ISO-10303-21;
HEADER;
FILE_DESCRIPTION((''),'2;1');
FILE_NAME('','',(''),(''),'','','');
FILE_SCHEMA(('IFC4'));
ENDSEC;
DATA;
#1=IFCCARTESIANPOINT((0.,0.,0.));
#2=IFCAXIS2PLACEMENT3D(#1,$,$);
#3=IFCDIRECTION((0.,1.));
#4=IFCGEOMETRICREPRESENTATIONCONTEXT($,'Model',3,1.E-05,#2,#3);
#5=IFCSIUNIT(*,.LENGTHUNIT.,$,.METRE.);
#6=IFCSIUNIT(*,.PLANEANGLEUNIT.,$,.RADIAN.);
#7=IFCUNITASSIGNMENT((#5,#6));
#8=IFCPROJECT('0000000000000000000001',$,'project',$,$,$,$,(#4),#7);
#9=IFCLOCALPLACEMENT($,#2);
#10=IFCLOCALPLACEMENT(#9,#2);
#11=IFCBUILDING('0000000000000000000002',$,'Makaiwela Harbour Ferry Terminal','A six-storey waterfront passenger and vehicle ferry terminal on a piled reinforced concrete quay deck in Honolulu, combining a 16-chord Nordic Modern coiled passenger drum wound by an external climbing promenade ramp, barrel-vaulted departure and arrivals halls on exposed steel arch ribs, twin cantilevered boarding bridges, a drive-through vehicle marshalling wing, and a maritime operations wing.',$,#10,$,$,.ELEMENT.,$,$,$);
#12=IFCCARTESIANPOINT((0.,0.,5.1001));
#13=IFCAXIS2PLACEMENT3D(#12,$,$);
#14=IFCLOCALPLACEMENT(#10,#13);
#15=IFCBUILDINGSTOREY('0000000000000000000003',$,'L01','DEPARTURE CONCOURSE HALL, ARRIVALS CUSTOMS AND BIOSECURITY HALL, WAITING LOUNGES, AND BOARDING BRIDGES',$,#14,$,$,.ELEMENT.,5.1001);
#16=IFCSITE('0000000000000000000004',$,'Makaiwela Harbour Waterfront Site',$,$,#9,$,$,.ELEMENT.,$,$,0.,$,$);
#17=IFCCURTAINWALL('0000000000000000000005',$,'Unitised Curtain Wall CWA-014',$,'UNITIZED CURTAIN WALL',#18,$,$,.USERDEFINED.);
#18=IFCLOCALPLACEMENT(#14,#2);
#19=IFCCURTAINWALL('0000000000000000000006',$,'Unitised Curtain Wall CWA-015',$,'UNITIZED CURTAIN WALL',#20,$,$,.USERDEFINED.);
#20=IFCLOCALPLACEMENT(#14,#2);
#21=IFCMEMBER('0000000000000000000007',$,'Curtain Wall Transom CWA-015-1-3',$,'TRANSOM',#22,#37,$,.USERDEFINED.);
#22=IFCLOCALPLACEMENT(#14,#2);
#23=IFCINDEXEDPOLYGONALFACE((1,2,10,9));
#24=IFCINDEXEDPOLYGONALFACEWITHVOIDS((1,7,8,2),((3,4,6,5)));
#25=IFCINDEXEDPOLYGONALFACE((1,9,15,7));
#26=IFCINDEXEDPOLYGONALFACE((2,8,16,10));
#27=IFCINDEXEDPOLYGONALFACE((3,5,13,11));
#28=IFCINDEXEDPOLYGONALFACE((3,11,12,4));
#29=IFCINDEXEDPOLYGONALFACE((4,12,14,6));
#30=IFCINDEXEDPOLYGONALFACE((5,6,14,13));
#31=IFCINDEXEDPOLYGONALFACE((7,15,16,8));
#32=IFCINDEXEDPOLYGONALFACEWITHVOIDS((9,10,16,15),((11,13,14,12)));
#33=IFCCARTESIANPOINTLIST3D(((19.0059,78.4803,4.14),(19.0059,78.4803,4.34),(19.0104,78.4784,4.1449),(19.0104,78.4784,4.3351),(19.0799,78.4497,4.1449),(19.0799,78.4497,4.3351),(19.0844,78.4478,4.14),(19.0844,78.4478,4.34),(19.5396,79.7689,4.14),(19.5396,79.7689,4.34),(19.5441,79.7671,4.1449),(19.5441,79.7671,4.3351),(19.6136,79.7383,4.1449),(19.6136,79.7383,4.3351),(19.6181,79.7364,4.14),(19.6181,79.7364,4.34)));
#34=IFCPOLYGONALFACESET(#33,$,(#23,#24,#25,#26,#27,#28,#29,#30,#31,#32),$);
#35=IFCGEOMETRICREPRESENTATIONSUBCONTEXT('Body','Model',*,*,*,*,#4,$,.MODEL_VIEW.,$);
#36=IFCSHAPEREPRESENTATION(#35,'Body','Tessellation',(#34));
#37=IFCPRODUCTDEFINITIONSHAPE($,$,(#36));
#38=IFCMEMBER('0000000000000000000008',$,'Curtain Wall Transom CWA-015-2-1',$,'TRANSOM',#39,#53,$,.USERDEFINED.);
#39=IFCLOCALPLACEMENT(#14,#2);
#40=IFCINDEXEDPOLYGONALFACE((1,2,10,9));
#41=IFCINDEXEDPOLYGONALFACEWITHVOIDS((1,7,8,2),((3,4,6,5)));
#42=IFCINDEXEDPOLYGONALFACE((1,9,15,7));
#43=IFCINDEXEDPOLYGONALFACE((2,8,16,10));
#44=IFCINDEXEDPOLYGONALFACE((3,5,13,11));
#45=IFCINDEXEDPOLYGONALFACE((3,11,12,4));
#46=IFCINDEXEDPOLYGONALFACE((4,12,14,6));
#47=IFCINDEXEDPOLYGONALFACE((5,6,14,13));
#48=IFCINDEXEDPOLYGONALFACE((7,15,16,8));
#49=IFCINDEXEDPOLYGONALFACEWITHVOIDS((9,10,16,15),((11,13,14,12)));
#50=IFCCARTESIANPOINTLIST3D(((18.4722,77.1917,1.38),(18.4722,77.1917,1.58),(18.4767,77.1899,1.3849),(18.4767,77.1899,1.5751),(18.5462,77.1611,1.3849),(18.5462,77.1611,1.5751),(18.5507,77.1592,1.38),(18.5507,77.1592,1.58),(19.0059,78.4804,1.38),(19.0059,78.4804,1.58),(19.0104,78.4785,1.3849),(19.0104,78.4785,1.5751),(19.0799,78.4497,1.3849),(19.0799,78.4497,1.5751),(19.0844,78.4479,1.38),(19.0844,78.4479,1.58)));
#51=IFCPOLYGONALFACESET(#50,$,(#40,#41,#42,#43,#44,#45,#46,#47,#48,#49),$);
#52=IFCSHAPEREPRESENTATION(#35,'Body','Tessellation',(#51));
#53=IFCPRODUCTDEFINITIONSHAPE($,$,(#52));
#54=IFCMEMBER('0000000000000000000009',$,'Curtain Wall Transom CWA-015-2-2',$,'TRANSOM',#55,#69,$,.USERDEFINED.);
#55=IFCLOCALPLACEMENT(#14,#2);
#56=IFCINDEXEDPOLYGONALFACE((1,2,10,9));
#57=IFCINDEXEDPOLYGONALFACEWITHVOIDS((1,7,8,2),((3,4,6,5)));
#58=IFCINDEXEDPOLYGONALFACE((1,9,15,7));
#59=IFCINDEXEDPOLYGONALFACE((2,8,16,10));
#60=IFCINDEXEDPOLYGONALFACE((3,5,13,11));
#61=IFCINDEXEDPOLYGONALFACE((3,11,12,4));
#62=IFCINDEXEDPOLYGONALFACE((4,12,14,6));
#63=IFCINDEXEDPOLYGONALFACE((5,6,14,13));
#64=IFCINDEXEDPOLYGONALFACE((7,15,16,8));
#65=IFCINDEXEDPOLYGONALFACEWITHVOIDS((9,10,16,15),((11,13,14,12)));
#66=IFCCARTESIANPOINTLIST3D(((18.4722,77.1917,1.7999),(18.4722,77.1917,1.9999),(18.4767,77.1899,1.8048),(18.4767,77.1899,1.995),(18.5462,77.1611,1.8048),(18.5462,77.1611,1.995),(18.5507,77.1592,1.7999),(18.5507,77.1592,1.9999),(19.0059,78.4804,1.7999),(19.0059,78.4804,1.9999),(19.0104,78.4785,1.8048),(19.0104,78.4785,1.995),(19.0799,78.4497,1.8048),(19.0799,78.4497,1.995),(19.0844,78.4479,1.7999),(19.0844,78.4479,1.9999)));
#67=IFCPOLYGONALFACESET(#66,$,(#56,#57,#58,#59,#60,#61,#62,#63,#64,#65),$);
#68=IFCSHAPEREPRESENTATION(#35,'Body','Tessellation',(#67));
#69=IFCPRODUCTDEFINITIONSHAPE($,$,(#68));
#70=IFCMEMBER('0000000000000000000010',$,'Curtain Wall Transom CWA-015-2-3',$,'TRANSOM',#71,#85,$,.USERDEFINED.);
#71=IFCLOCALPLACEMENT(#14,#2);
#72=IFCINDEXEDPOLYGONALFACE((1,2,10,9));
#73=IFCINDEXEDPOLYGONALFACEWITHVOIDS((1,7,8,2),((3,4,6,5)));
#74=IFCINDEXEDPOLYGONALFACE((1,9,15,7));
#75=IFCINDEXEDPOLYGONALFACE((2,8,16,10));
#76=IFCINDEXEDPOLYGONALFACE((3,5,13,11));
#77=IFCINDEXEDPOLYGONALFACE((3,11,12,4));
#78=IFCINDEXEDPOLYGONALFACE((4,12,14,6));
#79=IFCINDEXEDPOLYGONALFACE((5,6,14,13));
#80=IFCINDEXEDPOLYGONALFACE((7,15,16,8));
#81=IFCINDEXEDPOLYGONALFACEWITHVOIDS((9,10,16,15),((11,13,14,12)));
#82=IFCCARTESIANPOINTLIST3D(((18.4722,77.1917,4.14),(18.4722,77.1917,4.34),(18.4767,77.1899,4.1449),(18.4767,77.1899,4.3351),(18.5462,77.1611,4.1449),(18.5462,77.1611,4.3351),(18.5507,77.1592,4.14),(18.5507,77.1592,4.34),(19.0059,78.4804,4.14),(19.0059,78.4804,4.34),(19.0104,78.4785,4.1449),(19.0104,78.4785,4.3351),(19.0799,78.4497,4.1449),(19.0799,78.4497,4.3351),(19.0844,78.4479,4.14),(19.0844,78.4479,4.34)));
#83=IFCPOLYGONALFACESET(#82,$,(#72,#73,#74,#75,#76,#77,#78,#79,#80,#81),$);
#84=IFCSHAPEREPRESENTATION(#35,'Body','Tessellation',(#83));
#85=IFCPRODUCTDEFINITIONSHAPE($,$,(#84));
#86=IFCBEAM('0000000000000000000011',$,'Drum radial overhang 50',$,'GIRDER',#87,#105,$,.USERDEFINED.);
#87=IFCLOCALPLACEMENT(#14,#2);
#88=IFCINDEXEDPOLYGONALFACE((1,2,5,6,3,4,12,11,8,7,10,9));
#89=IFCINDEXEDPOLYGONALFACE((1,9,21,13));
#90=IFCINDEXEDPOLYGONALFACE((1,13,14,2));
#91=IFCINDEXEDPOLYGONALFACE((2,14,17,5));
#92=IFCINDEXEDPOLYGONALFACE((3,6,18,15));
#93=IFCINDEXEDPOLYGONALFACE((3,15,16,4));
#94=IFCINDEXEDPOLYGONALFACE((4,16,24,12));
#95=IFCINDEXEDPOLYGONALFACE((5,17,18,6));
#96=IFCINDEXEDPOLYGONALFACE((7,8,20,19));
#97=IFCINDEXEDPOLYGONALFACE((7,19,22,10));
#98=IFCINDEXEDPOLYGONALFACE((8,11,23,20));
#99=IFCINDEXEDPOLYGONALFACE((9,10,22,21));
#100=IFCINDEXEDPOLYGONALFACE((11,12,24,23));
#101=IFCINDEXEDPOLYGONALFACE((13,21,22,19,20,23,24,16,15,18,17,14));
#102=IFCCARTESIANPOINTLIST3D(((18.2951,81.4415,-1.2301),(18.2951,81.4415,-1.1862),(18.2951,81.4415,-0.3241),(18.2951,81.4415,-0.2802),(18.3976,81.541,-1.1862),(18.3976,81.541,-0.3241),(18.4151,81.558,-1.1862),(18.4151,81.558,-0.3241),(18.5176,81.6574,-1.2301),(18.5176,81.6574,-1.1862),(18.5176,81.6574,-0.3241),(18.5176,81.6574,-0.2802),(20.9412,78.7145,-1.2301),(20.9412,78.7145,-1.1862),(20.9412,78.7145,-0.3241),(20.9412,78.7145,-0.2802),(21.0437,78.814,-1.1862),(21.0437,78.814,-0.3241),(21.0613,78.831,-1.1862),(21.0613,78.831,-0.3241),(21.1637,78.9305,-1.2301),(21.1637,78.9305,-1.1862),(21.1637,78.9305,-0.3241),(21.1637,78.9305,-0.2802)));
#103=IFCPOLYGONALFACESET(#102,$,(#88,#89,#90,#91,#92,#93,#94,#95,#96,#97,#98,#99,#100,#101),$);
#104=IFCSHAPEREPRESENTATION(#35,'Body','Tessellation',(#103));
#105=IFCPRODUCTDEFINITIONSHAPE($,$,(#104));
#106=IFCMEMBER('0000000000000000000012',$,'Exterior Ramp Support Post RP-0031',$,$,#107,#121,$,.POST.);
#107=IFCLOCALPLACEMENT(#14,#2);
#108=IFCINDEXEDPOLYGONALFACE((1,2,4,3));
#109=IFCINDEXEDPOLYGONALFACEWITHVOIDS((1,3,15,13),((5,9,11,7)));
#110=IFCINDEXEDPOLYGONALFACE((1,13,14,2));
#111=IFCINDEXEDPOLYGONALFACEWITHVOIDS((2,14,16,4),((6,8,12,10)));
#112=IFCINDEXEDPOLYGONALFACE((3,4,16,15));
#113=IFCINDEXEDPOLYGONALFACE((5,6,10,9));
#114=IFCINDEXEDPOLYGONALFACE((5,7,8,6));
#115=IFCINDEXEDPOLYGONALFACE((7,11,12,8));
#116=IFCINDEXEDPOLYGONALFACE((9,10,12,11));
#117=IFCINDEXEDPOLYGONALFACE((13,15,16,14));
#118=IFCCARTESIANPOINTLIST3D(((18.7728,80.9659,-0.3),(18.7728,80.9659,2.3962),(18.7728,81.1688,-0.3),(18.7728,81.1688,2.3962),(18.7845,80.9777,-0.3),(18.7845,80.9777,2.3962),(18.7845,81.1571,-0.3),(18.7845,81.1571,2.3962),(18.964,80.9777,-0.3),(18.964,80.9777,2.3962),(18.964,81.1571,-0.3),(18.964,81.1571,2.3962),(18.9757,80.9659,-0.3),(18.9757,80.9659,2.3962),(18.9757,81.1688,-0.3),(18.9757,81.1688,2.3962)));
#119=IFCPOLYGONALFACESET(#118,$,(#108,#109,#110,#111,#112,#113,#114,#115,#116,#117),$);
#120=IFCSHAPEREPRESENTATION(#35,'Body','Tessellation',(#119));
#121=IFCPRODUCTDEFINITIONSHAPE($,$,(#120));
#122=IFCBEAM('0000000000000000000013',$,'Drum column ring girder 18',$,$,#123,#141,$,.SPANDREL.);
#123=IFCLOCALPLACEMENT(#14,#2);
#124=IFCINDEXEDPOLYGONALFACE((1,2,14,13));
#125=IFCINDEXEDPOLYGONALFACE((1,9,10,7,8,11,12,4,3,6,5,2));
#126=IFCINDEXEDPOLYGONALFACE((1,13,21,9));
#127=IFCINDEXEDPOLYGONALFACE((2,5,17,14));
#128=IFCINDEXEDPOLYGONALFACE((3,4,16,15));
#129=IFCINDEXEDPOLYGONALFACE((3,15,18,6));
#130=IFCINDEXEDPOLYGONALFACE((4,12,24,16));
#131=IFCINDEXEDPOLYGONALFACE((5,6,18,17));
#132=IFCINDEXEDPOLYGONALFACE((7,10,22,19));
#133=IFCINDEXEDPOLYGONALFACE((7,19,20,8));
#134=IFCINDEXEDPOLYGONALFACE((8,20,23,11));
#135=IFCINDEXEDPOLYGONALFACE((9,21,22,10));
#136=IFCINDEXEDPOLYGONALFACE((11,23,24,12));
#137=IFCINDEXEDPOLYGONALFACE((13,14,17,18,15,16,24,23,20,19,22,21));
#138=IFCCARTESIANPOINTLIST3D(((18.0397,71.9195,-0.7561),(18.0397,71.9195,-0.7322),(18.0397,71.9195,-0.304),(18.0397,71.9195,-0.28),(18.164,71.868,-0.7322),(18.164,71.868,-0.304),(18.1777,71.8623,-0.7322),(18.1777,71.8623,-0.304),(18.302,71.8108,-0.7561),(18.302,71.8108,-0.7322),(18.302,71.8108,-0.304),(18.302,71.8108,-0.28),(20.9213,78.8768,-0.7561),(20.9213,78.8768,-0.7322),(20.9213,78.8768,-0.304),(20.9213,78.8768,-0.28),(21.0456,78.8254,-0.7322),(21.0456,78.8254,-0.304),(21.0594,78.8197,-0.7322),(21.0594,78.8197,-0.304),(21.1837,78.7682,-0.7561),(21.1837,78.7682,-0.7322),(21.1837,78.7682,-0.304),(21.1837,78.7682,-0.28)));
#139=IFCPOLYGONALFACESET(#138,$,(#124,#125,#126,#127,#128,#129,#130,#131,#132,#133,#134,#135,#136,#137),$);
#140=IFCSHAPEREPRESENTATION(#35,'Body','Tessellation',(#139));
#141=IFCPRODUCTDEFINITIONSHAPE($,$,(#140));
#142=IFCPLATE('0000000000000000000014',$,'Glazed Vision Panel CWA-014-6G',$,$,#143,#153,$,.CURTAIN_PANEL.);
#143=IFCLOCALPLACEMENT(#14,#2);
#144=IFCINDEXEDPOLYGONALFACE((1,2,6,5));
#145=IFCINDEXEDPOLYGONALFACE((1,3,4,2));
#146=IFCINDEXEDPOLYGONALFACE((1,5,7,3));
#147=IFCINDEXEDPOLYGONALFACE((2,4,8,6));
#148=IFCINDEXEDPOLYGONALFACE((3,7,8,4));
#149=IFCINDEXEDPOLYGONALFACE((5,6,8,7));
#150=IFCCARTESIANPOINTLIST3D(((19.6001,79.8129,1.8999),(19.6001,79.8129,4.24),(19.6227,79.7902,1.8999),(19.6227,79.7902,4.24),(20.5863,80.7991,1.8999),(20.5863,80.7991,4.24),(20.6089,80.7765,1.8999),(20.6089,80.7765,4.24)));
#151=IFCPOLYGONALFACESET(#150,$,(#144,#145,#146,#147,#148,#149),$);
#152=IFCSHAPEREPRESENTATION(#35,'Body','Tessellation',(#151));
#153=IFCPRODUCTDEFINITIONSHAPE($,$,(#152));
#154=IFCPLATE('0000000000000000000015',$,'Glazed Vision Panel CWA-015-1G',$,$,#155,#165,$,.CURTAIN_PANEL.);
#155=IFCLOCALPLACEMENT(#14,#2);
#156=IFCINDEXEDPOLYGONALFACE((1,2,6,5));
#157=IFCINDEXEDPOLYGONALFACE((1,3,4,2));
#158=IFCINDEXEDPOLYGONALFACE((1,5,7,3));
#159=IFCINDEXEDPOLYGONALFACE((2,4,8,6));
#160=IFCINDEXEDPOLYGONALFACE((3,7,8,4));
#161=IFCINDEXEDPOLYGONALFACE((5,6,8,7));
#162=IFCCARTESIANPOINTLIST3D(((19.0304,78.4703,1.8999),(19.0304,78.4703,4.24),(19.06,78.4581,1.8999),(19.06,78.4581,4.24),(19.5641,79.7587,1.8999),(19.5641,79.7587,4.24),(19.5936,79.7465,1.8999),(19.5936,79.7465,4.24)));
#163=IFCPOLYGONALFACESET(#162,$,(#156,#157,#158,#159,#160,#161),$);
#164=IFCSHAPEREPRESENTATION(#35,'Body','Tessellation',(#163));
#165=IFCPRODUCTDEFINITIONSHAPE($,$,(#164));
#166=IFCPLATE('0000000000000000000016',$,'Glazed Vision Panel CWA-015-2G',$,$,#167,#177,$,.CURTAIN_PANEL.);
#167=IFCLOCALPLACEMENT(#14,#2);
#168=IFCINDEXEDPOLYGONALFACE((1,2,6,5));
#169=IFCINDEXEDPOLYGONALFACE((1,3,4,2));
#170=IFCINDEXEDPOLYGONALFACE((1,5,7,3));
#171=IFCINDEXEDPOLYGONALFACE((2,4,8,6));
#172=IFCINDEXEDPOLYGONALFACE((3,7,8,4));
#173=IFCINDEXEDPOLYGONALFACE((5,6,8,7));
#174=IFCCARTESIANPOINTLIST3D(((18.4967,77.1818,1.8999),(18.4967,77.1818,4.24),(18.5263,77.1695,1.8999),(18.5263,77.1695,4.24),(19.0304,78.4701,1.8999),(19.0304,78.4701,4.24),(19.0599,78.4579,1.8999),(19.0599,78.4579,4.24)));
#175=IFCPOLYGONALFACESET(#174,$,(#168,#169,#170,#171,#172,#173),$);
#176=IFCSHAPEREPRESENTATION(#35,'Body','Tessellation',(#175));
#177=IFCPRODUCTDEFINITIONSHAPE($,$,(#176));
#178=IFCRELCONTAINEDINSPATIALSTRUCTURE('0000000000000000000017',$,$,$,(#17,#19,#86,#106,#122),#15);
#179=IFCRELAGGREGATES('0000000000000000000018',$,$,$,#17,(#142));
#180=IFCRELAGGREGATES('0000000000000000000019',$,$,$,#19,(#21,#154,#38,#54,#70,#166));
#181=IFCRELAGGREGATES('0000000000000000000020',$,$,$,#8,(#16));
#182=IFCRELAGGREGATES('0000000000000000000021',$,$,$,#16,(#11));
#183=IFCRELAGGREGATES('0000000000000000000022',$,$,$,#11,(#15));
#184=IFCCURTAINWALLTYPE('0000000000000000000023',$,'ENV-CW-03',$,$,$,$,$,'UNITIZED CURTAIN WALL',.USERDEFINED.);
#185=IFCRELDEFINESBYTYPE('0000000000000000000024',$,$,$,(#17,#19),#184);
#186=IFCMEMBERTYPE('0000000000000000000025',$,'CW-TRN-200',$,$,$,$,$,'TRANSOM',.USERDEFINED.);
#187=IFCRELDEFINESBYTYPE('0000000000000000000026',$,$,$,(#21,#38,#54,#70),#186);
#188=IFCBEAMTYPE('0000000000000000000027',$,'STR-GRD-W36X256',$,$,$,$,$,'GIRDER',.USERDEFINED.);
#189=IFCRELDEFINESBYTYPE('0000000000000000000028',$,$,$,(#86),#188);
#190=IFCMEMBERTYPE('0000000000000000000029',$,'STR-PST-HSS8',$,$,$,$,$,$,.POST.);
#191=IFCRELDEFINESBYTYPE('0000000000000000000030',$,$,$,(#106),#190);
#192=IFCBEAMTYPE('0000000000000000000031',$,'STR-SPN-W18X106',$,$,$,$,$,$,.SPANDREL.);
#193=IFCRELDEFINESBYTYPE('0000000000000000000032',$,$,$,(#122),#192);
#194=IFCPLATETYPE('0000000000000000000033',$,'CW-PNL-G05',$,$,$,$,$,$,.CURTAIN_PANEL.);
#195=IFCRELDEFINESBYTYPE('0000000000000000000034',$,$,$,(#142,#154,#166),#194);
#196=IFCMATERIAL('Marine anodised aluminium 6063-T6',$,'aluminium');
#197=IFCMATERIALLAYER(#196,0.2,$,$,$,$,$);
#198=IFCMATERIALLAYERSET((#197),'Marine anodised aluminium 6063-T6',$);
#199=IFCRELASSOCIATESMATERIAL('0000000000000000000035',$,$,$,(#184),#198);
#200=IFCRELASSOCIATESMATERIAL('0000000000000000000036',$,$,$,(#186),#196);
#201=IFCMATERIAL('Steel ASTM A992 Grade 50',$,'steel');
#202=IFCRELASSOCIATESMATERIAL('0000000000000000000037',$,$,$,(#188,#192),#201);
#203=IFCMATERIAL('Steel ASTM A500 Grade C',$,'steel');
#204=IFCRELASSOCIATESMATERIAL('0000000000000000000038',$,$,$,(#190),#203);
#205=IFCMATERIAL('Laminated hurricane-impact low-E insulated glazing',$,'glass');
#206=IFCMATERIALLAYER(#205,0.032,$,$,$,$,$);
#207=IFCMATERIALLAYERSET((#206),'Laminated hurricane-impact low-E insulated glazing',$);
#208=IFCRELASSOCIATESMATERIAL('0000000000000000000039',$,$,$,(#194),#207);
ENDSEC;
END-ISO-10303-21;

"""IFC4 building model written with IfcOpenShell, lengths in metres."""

from ifc_helpers import new_model, si_unit, direction, frame, origin, origin_2d, place, context, subcontext, project, spatial, rectangle, hollow_rectangle, i_section, extrude, material, layer, layer_set, material_profile, profile_set, type_object, element, aggregate, save


model = new_model("IFC4")

# Units and contexts
model_context = context("Model", 3, precision=1e-05, world=origin(), true_north=direction((0.0, 1.0)))
body_context = subcontext(model_context, "Body", "Model", "MODEL_VIEW")
ifc_project = project(units=[si_unit("LENGTHUNIT", "METRE"), si_unit("PLANEANGLEUNIT", "RADIAN")], contexts=[model_context])

# Site, building, storey
site_placement = place(None, origin())
site = spatial("IfcSite", under=ifc_project, at=site_placement, Name="Makaiwela Harbour Waterfront Site", CompositionType="ELEMENT", RefElevation=0.0)
building_placement = place(site_placement, origin())
building = spatial("IfcBuilding", under=site, at=building_placement, Name="Makaiwela Harbour Ferry Terminal", Description="A six-storey waterfront passenger and vehicle ferry terminal on a piled reinforced concrete quay deck in Honolulu, combining a 16-chord Nordic Modern coiled passenger drum wound by an external climbing promenade ramp, barrel-vaulted departure and arrivals halls on exposed steel arch ribs, twin cantilevered boarding bridges, a drive-through vehicle marshalling wing, and a maritime operations wing.", CompositionType="ELEMENT")
storey_placement = place(building_placement, frame((0.0, 0.0, 5.1001)))
storey = spatial("IfcBuildingStorey", under=building, at=storey_placement, Name="L01", Description="DEPARTURE CONCOURSE HALL, ARRIVALS CUSTOMS AND BIOSECURITY HALL, WAITING LOUNGES, AND BOARDING BRIDGES", CompositionType="ELEMENT", Elevation=5.1001)

# Shared definitions
ifc_material_1 = material(Name="Steel ASTM A992 Grade 50", Category="steel")

# Curtain walls
ifc_material_2 = material(Name="Marine anodised aluminium 6063-T6", Category="aluminium")
ifc_layer_1 = layer(ifc_material_2, 0.2)
ifc_layer_set_1 = layer_set([ifc_layer_1], Name="Marine anodised aluminium 6063-T6")
curtain_wall_type = type_object("IfcCurtainWallType", Name="ENV-CW-03", ElementType="UNITIZED CURTAIN WALL", PredefinedType="USERDEFINED", material=ifc_layer_set_1)
curtain_wall_1_placement = place(storey_placement, origin())
curtain_wall_1 = element("IfcCurtainWall", 1, at=curtain_wall_1_placement, inside=storey, type_object=curtain_wall_type, Name="Unitised Curtain Wall CWA-014", ObjectType="UNITIZED CURTAIN WALL", PredefinedType="USERDEFINED")
curtain_wall_2_placement = place(storey_placement, origin())
curtain_wall_2 = element("IfcCurtainWall", 2, at=curtain_wall_2_placement, inside=storey, type_object=curtain_wall_type, Name="Unitised Curtain Wall CWA-015", ObjectType="UNITIZED CURTAIN WALL", PredefinedType="USERDEFINED")

# Members
ifc_material_profile_1 = material_profile(ifc_material_2, hollow_rectangle(XDim=0.085, YDim=0.2, WallThickness=0.0049, at=origin_2d()), Name="CWT-200X85")
ifc_profile_set_1 = profile_set([ifc_material_profile_1], Name="Marine anodised aluminium 6063-T6")
member_type_1 = type_object("IfcMemberType", Name="CW-TRN-200", ElementType="TRANSOM", PredefinedType="USERDEFINED", material=ifc_profile_set_1)
member_1_placement = place(storey_placement, frame((19.5789, 79.7527, 4.24), z_axis=(-0.382651, -0.923893, 0.0), x_axis=(0.923893, -0.382651, 0.0)))
member_1 = element("IfcMember", 3, at=member_1_placement, type_object=member_type_1, Name="Curtain Wall Transom CWA-015-1-3", ObjectType="TRANSOM", PredefinedType="USERDEFINED", context=body_context, shape_type="SweptSolid", body=[
    extrude(hollow_rectangle(XDim=0.085, YDim=0.2, WallThickness=0.0049, at=origin_2d()), origin(), (0.0, 0.0, 1.0), 1.3948),
])
member_2_placement = place(storey_placement, frame((19.0452, 78.4641, 1.48), z_axis=(-0.382651, -0.923893, 0.0), x_axis=(0.923893, -0.382651, 0.0)))
member_2 = element("IfcMember", 4, at=member_2_placement, type_object=member_type_1, Name="Curtain Wall Transom CWA-015-2-1", ObjectType="TRANSOM", PredefinedType="USERDEFINED", context=body_context, shape_type="SweptSolid", body=[
    extrude(hollow_rectangle(XDim=0.085, YDim=0.2, WallThickness=0.0049, at=origin_2d()), origin(), (0.0, 0.0, 1.0), 1.3948),
])
member_3_placement = place(storey_placement, frame((19.0452, 78.4641, 1.8999), z_axis=(-0.382651, -0.923893, 0.0), x_axis=(0.923893, -0.382651, 0.0)))
member_3 = element("IfcMember", 5, at=member_3_placement, type_object=member_type_1, Name="Curtain Wall Transom CWA-015-2-2", ObjectType="TRANSOM", PredefinedType="USERDEFINED", context=body_context, shape_type="SweptSolid", body=[
    extrude(hollow_rectangle(XDim=0.085, YDim=0.2, WallThickness=0.0049, at=origin_2d()), origin(), (0.0, 0.0, 1.0), 1.3948),
])
member_4_placement = place(storey_placement, frame((19.0452, 78.4641, 4.24), z_axis=(-0.382651, -0.923893, 0.0), x_axis=(0.923893, -0.382651, 0.0)))
member_4 = element("IfcMember", 6, at=member_4_placement, type_object=member_type_1, Name="Curtain Wall Transom CWA-015-2-3", ObjectType="TRANSOM", PredefinedType="USERDEFINED", context=body_context, shape_type="SweptSolid", body=[
    extrude(hollow_rectangle(XDim=0.085, YDim=0.2, WallThickness=0.0049, at=origin_2d()), origin(), (0.0, 0.0, 1.0), 1.3948),
])

# Beam
ifc_material_profile_2 = material_profile(ifc_material_1, i_section(OverallWidth=0.3101, OverallDepth=0.95, WebThickness=0.0244, FlangeThickness=0.0439, at=origin_2d()), Name="W36X256")
ifc_profile_set_2 = profile_set([ifc_material_profile_2], Name="Steel ASTM A992 Grade 50")
beam_type_1 = type_object("IfcBeamType", Name="STR-GRD-W36X256", ElementType="GIRDER", PredefinedType="USERDEFINED", material=ifc_profile_set_2)
beam_1_placement = place(storey_placement, frame((21.0525, 78.8225, -0.7551), z_axis=(-0.696394, 0.71766, 0.0), x_axis=(-0.71766, -0.696394, 0.0)))
element("IfcBeam", 7, at=beam_1_placement, inside=storey, type_object=beam_type_1, Name="Drum radial overhang 50", ObjectType="GIRDER", PredefinedType="USERDEFINED", context=body_context, shape_type="SweptSolid", body=[
    extrude(i_section(OverallWidth=0.3101, OverallDepth=0.95, WebThickness=0.0244, FlangeThickness=0.0439, at=origin_2d()), origin(), (0.0, 0.0, 1.0), 3.7998),
])

# Member
ifc_material_3 = material(Name="Steel ASTM A500 Grade C", Category="steel")
ifc_material_profile_3 = material_profile(ifc_material_3, hollow_rectangle(XDim=0.2029, YDim=0.2029, WallThickness=0.0117, at=origin_2d()), Name="HSS8X8X1/2")
ifc_profile_set_3 = profile_set([ifc_material_profile_3], Name="Steel ASTM A500 Grade C")
member_type_2 = type_object("IfcMemberType", Name="STR-PST-HSS8", PredefinedType="POST", material=ifc_profile_set_3)
member_5_placement = place(storey_placement, frame((18.8743, 81.0674, -0.3), z_axis=(0.0, 0.0, 1.0), x_axis=(1.0, 0.0, 0.0)))
element("IfcMember", 8, at=member_5_placement, inside=storey, type_object=member_type_2, Name="Exterior Ramp Support Post RP-0031", PredefinedType="POST", context=body_context, shape_type="SweptSolid", body=[
    extrude(hollow_rectangle(XDim=0.2029, YDim=0.2029, WallThickness=0.0117, at=origin_2d()), origin(), (0.0, 0.0, 1.0), 2.6963),
])

# Beam
ifc_material_profile_4 = material_profile(ifc_material_1, i_section(OverallWidth=0.2839, OverallDepth=0.4761, WebThickness=0.0149, FlangeThickness=0.0239, at=origin_2d()), Name="W18X106")
ifc_profile_set_4 = profile_set([ifc_material_profile_4], Name="Steel ASTM A992 Grade 50")
beam_type_2 = type_object("IfcBeamType", Name="STR-SPN-W18X106", PredefinedType="SPANDREL", material=ifc_profile_set_4)
beam_2_placement = place(storey_placement, frame((21.0525, 78.8225, -0.5181), z_axis=(-0.38266, -0.923889, 0.0), x_axis=(0.923889, -0.38266, 0.0)))
element("IfcBeam", 9, at=beam_2_placement, inside=storey, type_object=beam_type_2, Name="Drum column ring girder 18", PredefinedType="SPANDREL", context=body_context, shape_type="SweptSolid", body=[
    extrude(i_section(OverallWidth=0.2839, OverallDepth=0.4761, WebThickness=0.0149, FlangeThickness=0.0239, at=origin_2d()), origin(), (0.0, 0.0, 1.0), 7.5305),
])

# Plates
ifc_material_4 = material(Name="Laminated hurricane-impact low-E insulated glazing", Category="glass")
ifc_layer_2 = layer(ifc_material_4, 0.032)
ifc_layer_set_2 = layer_set([ifc_layer_2], Name="Laminated hurricane-impact low-E insulated glazing")
plate_type_1 = type_object("IfcPlateType", Name="CW-PNL-G05", PredefinedType="CURTAIN_PANEL", material=ifc_layer_set_2)
plate_1_placement = place(storey_placement, frame((20.1045, 80.2947, 1.8999), z_axis=(0.0, 0.0, 1.0), x_axis=(-0.707107, -0.707107, 0.0)))
plate_1 = element("IfcPlate", 10, at=plate_1_placement, type_object=plate_type_1, Name="Glazed Vision Panel CWA-014-6G", PredefinedType="CURTAIN_PANEL", context=body_context, shape_type="SweptSolid", body=[
    extrude(rectangle(XDim=1.3948, YDim=0.032, at=origin_2d()), origin(), (0.0, 0.0, 1.0), 2.3401),
])
plate_2_placement = place(storey_placement, frame((19.312, 79.1084, 1.8999), z_axis=(0.0, 0.0, 1.0), x_axis=(-0.382683, -0.92388, 0.0)))
plate_2 = element("IfcPlate", 11, at=plate_2_placement, type_object=plate_type_1, Name="Glazed Vision Panel CWA-015-1G", PredefinedType="CURTAIN_PANEL", context=body_context, shape_type="SweptSolid", body=[
    extrude(rectangle(XDim=1.3945, YDim=0.032, at=origin_2d()), origin(), (0.0, 0.0, 1.0), 2.3401),
])
plate_3_placement = place(storey_placement, frame((18.7783, 77.8198, 1.8999), z_axis=(0.0, 0.0, 1.0), x_axis=(-0.382683, -0.92388, 0.0)))
plate_3 = element("IfcPlate", 12, at=plate_3_placement, type_object=plate_type_1, Name="Glazed Vision Panel CWA-015-2G", PredefinedType="CURTAIN_PANEL", context=body_context, shape_type="SweptSolid", body=[
    extrude(rectangle(XDim=1.3945, YDim=0.032, at=origin_2d()), origin(), (0.0, 0.0, 1.0), 2.3401),
])
aggregate(curtain_wall_1, [plate_1])
aggregate(curtain_wall_2, [member_1, plate_2, member_2, member_3, member_4, plate_3])

save(model, "model.ifc")
